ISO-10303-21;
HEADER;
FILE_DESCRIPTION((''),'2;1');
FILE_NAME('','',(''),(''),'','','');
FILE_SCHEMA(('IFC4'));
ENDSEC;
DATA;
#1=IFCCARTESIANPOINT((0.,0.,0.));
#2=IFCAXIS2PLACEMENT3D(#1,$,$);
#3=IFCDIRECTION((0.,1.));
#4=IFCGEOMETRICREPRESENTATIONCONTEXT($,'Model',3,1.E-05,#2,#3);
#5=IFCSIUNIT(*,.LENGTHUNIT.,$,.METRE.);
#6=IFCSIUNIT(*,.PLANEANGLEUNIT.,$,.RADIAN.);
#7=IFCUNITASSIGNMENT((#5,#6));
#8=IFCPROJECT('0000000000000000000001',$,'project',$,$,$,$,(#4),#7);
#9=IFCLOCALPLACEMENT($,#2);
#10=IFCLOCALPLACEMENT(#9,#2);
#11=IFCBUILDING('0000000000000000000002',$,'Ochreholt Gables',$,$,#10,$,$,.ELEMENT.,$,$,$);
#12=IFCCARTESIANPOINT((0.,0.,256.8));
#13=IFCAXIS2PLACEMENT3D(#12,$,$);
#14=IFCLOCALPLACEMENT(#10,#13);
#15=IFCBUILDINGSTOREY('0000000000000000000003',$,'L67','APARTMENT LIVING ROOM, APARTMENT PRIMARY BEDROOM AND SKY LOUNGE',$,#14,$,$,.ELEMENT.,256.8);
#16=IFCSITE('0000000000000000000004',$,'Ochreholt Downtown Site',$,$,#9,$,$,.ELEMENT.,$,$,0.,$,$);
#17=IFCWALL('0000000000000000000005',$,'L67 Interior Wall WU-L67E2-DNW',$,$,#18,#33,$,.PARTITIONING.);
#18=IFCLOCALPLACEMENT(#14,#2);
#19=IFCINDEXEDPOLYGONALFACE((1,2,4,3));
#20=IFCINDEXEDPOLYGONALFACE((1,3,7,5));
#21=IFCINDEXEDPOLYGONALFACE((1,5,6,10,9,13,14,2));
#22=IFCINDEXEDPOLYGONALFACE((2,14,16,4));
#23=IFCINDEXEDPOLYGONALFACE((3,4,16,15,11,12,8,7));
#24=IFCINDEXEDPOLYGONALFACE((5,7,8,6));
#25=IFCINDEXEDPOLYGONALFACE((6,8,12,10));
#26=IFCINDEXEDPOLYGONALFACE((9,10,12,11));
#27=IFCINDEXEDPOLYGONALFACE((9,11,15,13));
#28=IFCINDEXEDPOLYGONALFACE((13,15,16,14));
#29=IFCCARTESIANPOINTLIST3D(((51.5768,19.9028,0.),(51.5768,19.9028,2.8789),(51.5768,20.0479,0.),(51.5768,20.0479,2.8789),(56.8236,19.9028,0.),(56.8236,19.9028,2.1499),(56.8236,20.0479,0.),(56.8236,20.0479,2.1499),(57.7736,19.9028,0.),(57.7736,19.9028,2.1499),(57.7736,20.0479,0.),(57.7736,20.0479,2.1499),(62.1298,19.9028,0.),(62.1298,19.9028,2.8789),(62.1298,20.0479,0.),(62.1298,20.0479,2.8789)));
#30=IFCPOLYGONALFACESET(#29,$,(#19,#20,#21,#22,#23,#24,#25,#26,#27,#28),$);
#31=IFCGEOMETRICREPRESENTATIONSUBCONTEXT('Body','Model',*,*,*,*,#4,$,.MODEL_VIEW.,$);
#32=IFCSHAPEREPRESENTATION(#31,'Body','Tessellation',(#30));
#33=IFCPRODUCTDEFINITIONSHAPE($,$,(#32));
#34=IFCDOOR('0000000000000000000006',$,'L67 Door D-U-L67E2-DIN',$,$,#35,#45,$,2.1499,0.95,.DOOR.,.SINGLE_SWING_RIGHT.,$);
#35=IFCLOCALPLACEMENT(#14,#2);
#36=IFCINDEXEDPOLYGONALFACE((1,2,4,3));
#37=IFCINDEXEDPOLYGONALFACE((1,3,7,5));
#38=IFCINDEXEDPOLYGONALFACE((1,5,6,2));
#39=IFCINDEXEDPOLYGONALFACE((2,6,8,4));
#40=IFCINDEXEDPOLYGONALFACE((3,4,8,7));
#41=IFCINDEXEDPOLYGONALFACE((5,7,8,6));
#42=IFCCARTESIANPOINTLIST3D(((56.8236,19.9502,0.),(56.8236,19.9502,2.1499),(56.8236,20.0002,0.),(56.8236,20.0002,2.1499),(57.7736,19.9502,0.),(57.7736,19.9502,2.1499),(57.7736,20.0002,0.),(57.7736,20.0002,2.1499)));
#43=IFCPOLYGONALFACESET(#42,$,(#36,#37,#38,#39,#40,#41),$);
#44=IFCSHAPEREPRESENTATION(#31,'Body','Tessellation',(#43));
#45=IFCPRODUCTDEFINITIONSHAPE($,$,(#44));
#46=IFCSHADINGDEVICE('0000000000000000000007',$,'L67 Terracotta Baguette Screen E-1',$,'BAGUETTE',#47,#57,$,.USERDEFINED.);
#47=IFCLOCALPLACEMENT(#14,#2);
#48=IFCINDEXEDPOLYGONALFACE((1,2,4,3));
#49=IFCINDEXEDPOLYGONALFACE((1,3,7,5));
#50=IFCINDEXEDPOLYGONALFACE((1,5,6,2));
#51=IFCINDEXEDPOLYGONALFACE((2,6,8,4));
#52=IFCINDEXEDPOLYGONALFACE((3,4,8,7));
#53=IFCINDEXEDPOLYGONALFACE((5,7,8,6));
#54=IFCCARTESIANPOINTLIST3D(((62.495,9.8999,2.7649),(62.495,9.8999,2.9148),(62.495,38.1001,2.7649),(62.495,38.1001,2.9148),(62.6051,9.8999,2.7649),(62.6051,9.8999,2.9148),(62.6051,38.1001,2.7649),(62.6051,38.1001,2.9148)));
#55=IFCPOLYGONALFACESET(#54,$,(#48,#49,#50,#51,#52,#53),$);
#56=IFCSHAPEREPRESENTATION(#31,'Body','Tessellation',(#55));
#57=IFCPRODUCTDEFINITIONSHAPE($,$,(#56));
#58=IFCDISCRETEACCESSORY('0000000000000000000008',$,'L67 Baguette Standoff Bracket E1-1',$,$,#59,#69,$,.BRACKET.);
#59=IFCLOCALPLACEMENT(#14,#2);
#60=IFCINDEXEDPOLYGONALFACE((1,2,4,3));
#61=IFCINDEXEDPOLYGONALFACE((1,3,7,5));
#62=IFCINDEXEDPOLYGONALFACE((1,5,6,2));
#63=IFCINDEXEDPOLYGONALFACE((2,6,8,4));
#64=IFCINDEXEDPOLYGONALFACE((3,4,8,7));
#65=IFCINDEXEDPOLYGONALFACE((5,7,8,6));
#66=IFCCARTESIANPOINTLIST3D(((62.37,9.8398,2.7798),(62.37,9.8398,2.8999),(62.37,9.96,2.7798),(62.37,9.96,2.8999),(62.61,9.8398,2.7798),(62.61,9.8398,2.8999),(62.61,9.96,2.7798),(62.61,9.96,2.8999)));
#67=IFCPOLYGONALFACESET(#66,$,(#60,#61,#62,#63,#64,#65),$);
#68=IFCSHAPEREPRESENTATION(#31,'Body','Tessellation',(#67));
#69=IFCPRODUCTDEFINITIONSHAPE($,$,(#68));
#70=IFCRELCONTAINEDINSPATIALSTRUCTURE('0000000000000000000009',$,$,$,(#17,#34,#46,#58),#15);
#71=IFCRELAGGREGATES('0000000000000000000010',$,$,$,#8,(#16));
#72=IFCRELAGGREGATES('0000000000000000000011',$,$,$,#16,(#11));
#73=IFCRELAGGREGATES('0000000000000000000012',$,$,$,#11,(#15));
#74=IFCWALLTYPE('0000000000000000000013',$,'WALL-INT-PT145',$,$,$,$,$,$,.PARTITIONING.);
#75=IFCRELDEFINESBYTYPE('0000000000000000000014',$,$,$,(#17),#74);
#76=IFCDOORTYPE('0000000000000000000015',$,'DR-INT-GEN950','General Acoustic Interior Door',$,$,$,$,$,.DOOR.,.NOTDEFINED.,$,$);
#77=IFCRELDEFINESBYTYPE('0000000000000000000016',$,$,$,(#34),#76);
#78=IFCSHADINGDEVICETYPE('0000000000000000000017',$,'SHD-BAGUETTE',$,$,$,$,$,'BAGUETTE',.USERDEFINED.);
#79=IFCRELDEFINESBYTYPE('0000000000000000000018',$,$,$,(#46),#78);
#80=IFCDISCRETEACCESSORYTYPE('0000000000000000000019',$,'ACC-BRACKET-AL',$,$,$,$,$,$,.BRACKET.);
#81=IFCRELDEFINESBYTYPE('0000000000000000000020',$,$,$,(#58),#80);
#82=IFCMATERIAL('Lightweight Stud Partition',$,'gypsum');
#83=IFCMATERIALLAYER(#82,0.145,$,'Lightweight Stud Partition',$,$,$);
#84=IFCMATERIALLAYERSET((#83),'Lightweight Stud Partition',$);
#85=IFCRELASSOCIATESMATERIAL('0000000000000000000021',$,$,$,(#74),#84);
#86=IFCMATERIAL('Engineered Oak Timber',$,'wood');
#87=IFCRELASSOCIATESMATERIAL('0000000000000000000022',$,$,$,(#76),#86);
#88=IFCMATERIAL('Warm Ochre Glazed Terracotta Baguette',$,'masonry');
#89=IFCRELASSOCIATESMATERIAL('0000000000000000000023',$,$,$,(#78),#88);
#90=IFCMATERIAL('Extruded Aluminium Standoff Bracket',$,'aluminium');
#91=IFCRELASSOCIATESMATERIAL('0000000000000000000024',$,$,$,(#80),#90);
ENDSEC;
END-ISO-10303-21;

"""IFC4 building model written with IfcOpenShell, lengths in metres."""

from ifc_helpers import new_model, si_unit, direction, frame, frame_2d, origin, origin_2d, place, context, subcontext, project, spatial, rectangle, extrude, material, layer, layer_set, material_profile, profile_set, type_object, element, fill, save


model = new_model("IFC4")

# Units and contexts
model_context = context("Model", 3, precision=1e-05, world=origin(), true_north=direction((0.0, 1.0)))
body_context = subcontext(model_context, "Body", "Model", "MODEL_VIEW")
ifc_project = project(units=[si_unit("LENGTHUNIT", "METRE"), si_unit("PLANEANGLEUNIT", "RADIAN")], contexts=[model_context])

# Site, building, storey
site_placement = place(None, origin())
site = spatial("IfcSite", under=ifc_project, at=site_placement, Name="Ochreholt Downtown Site", CompositionType="ELEMENT", RefElevation=0.0)
building_placement = place(site_placement, origin())
building = spatial("IfcBuilding", under=site, at=building_placement, Name="Ochreholt Gables", CompositionType="ELEMENT")
storey_placement = place(building_placement, frame((0.0, 0.0, 256.8)))
storey = spatial("IfcBuildingStorey", under=building, at=storey_placement, Name="L67", Description="APARTMENT LIVING ROOM, APARTMENT PRIMARY BEDROOM AND SKY LOUNGE", CompositionType="ELEMENT", Elevation=256.8)

# Shared definitions
ifc_material_1 = material(Name="Engineered Oak Timber", Category="wood")
ifc_material_2 = material(Name="Lightweight Stud Partition", Category="gypsum")
ifc_layer_1 = layer(ifc_material_2, 0.145, Name="Lightweight Stud Partition")
ifc_layer_set_1 = layer_set([ifc_layer_1], Name="Lightweight Stud Partition")
wall_type_1 = type_object("IfcWallType", Name="WALL-INT-PT145", PredefinedType="PARTITIONING", material=ifc_layer_set_1)

# Wall, opening, door
wall_1_placement = place(storey_placement, frame((51.5769, 19.9753, 0.0), z_axis=(0.0, 0.0, 1.0), x_axis=(1.0, 0.0, 0.0)))
wall_1 = element("IfcWall", 1, at=wall_1_placement, inside=storey, type_object=wall_type_1, Name="L67 Interior Wall WU-L67E2-DNW", PredefinedType="PARTITIONING", context=body_context, shape_type="SweptSolid", body=[
    extrude(rectangle(XDim=10.553, YDim=0.145, at=frame_2d((5.2764, 0.0))), origin(), (0.0, 0.0, 1.0), 2.8789),
])
opening_1_placement = place(wall_1_placement, frame((5.2466, 0.0, 0.0)))
opening_1 = element("IfcOpeningElement", 2, at=opening_1_placement, cuts=wall_1, PredefinedType="OPENING", context=body_context, shape_type="SweptSolid", body=[
    extrude(rectangle(XDim=0.95, YDim=2.1499, at=frame_2d((0.4751, 1.075))), frame((0.0, 0.0825, 0.0), z_axis=(0.0, -1.0, 0.0), x_axis=(1.0, 0.0, 0.0)), (0.0, 0.0, 1.0), 0.165),
])
door_type_1 = type_object("IfcDoorType", Name="DR-INT-GEN950", Description="General Acoustic Interior Door", OperationType="NOTDEFINED", PredefinedType="DOOR", material=ifc_material_1)
door_1_placement = place(opening_1_placement, origin())
door_1 = element("IfcDoor", 3, at=door_1_placement, inside=storey, type_object=door_type_1, Name="L67 Door D-U-L67E2-DIN", OperationType="SINGLE_SWING_RIGHT", OverallHeight=2.1499, OverallWidth=0.95, PredefinedType="DOOR", context=body_context, shape_type="SweptSolid", body=[
    extrude(rectangle(XDim=0.95, YDim=2.1499, at=frame_2d((0.4751, 1.075))), frame((0.0, 0.0249, 0.0), z_axis=(0.0, -1.0, 0.0), x_axis=(1.0, 0.0, 0.0)), (0.0, 0.0, 1.0), 0.05),
])
fill(opening_1, door_1)

# Shading device
ifc_material_3 = material(Name="Warm Ochre Glazed Terracotta Baguette", Category="masonry")
ifc_material_profile_1 = material_profile(ifc_material_3, rectangle(XDim=0.1101, YDim=0.1499, at=origin_2d()), Name="TCBAG110X150")
ifc_profile_set_1 = profile_set([ifc_material_profile_1], Name="Warm Ochre Glazed Terracotta Baguette")
shading_device_type = type_object("IfcShadingDeviceType", Name="SHD-BAGUETTE", ElementType="BAGUETTE", PredefinedType="USERDEFINED", material=ifc_profile_set_1)
shading_device_placement = place(storey_placement, frame((62.55, 9.8999, 2.8398), z_axis=(0.0, 1.0, 0.0), x_axis=(-1.0, 0.0, 0.0)))
element("IfcShadingDevice", 4, at=shading_device_placement, inside=storey, type_object=shading_device_type, Name="L67 Terracotta Baguette Screen E-1", ObjectType="BAGUETTE", PredefinedType="USERDEFINED", context=body_context, shape_type="SweptSolid", body=[
    extrude(rectangle(XDim=0.1101, YDim=0.1499, at=origin_2d()), origin(), (0.0, 0.0, 1.0), 28.2002),
])

# Discrete accessory
ifc_material_4 = material(Name="Extruded Aluminium Standoff Bracket", Category="aluminium")
discrete_accessory_type = type_object("IfcDiscreteAccessoryType", Name="ACC-BRACKET-AL", PredefinedType="BRACKET", material=ifc_material_4)
discrete_accessory_placement = place(storey_placement, frame((62.49, 9.8999, 2.7798), z_axis=(0.0, 0.0, 1.0), x_axis=(0.0, 1.0, 0.0)))
element("IfcDiscreteAccessory", 5, at=discrete_accessory_placement, inside=storey, type_object=discrete_accessory_type, Name="L67 Baguette Standoff Bracket E1-1", PredefinedType="BRACKET", context=body_context, shape_type="SweptSolid", body=[
    extrude(rectangle(XDim=0.1201, YDim=0.24, at=origin_2d()), origin(), (0.0, 0.0, 1.0), 0.1201),
])

save(model, "model.ifc")
